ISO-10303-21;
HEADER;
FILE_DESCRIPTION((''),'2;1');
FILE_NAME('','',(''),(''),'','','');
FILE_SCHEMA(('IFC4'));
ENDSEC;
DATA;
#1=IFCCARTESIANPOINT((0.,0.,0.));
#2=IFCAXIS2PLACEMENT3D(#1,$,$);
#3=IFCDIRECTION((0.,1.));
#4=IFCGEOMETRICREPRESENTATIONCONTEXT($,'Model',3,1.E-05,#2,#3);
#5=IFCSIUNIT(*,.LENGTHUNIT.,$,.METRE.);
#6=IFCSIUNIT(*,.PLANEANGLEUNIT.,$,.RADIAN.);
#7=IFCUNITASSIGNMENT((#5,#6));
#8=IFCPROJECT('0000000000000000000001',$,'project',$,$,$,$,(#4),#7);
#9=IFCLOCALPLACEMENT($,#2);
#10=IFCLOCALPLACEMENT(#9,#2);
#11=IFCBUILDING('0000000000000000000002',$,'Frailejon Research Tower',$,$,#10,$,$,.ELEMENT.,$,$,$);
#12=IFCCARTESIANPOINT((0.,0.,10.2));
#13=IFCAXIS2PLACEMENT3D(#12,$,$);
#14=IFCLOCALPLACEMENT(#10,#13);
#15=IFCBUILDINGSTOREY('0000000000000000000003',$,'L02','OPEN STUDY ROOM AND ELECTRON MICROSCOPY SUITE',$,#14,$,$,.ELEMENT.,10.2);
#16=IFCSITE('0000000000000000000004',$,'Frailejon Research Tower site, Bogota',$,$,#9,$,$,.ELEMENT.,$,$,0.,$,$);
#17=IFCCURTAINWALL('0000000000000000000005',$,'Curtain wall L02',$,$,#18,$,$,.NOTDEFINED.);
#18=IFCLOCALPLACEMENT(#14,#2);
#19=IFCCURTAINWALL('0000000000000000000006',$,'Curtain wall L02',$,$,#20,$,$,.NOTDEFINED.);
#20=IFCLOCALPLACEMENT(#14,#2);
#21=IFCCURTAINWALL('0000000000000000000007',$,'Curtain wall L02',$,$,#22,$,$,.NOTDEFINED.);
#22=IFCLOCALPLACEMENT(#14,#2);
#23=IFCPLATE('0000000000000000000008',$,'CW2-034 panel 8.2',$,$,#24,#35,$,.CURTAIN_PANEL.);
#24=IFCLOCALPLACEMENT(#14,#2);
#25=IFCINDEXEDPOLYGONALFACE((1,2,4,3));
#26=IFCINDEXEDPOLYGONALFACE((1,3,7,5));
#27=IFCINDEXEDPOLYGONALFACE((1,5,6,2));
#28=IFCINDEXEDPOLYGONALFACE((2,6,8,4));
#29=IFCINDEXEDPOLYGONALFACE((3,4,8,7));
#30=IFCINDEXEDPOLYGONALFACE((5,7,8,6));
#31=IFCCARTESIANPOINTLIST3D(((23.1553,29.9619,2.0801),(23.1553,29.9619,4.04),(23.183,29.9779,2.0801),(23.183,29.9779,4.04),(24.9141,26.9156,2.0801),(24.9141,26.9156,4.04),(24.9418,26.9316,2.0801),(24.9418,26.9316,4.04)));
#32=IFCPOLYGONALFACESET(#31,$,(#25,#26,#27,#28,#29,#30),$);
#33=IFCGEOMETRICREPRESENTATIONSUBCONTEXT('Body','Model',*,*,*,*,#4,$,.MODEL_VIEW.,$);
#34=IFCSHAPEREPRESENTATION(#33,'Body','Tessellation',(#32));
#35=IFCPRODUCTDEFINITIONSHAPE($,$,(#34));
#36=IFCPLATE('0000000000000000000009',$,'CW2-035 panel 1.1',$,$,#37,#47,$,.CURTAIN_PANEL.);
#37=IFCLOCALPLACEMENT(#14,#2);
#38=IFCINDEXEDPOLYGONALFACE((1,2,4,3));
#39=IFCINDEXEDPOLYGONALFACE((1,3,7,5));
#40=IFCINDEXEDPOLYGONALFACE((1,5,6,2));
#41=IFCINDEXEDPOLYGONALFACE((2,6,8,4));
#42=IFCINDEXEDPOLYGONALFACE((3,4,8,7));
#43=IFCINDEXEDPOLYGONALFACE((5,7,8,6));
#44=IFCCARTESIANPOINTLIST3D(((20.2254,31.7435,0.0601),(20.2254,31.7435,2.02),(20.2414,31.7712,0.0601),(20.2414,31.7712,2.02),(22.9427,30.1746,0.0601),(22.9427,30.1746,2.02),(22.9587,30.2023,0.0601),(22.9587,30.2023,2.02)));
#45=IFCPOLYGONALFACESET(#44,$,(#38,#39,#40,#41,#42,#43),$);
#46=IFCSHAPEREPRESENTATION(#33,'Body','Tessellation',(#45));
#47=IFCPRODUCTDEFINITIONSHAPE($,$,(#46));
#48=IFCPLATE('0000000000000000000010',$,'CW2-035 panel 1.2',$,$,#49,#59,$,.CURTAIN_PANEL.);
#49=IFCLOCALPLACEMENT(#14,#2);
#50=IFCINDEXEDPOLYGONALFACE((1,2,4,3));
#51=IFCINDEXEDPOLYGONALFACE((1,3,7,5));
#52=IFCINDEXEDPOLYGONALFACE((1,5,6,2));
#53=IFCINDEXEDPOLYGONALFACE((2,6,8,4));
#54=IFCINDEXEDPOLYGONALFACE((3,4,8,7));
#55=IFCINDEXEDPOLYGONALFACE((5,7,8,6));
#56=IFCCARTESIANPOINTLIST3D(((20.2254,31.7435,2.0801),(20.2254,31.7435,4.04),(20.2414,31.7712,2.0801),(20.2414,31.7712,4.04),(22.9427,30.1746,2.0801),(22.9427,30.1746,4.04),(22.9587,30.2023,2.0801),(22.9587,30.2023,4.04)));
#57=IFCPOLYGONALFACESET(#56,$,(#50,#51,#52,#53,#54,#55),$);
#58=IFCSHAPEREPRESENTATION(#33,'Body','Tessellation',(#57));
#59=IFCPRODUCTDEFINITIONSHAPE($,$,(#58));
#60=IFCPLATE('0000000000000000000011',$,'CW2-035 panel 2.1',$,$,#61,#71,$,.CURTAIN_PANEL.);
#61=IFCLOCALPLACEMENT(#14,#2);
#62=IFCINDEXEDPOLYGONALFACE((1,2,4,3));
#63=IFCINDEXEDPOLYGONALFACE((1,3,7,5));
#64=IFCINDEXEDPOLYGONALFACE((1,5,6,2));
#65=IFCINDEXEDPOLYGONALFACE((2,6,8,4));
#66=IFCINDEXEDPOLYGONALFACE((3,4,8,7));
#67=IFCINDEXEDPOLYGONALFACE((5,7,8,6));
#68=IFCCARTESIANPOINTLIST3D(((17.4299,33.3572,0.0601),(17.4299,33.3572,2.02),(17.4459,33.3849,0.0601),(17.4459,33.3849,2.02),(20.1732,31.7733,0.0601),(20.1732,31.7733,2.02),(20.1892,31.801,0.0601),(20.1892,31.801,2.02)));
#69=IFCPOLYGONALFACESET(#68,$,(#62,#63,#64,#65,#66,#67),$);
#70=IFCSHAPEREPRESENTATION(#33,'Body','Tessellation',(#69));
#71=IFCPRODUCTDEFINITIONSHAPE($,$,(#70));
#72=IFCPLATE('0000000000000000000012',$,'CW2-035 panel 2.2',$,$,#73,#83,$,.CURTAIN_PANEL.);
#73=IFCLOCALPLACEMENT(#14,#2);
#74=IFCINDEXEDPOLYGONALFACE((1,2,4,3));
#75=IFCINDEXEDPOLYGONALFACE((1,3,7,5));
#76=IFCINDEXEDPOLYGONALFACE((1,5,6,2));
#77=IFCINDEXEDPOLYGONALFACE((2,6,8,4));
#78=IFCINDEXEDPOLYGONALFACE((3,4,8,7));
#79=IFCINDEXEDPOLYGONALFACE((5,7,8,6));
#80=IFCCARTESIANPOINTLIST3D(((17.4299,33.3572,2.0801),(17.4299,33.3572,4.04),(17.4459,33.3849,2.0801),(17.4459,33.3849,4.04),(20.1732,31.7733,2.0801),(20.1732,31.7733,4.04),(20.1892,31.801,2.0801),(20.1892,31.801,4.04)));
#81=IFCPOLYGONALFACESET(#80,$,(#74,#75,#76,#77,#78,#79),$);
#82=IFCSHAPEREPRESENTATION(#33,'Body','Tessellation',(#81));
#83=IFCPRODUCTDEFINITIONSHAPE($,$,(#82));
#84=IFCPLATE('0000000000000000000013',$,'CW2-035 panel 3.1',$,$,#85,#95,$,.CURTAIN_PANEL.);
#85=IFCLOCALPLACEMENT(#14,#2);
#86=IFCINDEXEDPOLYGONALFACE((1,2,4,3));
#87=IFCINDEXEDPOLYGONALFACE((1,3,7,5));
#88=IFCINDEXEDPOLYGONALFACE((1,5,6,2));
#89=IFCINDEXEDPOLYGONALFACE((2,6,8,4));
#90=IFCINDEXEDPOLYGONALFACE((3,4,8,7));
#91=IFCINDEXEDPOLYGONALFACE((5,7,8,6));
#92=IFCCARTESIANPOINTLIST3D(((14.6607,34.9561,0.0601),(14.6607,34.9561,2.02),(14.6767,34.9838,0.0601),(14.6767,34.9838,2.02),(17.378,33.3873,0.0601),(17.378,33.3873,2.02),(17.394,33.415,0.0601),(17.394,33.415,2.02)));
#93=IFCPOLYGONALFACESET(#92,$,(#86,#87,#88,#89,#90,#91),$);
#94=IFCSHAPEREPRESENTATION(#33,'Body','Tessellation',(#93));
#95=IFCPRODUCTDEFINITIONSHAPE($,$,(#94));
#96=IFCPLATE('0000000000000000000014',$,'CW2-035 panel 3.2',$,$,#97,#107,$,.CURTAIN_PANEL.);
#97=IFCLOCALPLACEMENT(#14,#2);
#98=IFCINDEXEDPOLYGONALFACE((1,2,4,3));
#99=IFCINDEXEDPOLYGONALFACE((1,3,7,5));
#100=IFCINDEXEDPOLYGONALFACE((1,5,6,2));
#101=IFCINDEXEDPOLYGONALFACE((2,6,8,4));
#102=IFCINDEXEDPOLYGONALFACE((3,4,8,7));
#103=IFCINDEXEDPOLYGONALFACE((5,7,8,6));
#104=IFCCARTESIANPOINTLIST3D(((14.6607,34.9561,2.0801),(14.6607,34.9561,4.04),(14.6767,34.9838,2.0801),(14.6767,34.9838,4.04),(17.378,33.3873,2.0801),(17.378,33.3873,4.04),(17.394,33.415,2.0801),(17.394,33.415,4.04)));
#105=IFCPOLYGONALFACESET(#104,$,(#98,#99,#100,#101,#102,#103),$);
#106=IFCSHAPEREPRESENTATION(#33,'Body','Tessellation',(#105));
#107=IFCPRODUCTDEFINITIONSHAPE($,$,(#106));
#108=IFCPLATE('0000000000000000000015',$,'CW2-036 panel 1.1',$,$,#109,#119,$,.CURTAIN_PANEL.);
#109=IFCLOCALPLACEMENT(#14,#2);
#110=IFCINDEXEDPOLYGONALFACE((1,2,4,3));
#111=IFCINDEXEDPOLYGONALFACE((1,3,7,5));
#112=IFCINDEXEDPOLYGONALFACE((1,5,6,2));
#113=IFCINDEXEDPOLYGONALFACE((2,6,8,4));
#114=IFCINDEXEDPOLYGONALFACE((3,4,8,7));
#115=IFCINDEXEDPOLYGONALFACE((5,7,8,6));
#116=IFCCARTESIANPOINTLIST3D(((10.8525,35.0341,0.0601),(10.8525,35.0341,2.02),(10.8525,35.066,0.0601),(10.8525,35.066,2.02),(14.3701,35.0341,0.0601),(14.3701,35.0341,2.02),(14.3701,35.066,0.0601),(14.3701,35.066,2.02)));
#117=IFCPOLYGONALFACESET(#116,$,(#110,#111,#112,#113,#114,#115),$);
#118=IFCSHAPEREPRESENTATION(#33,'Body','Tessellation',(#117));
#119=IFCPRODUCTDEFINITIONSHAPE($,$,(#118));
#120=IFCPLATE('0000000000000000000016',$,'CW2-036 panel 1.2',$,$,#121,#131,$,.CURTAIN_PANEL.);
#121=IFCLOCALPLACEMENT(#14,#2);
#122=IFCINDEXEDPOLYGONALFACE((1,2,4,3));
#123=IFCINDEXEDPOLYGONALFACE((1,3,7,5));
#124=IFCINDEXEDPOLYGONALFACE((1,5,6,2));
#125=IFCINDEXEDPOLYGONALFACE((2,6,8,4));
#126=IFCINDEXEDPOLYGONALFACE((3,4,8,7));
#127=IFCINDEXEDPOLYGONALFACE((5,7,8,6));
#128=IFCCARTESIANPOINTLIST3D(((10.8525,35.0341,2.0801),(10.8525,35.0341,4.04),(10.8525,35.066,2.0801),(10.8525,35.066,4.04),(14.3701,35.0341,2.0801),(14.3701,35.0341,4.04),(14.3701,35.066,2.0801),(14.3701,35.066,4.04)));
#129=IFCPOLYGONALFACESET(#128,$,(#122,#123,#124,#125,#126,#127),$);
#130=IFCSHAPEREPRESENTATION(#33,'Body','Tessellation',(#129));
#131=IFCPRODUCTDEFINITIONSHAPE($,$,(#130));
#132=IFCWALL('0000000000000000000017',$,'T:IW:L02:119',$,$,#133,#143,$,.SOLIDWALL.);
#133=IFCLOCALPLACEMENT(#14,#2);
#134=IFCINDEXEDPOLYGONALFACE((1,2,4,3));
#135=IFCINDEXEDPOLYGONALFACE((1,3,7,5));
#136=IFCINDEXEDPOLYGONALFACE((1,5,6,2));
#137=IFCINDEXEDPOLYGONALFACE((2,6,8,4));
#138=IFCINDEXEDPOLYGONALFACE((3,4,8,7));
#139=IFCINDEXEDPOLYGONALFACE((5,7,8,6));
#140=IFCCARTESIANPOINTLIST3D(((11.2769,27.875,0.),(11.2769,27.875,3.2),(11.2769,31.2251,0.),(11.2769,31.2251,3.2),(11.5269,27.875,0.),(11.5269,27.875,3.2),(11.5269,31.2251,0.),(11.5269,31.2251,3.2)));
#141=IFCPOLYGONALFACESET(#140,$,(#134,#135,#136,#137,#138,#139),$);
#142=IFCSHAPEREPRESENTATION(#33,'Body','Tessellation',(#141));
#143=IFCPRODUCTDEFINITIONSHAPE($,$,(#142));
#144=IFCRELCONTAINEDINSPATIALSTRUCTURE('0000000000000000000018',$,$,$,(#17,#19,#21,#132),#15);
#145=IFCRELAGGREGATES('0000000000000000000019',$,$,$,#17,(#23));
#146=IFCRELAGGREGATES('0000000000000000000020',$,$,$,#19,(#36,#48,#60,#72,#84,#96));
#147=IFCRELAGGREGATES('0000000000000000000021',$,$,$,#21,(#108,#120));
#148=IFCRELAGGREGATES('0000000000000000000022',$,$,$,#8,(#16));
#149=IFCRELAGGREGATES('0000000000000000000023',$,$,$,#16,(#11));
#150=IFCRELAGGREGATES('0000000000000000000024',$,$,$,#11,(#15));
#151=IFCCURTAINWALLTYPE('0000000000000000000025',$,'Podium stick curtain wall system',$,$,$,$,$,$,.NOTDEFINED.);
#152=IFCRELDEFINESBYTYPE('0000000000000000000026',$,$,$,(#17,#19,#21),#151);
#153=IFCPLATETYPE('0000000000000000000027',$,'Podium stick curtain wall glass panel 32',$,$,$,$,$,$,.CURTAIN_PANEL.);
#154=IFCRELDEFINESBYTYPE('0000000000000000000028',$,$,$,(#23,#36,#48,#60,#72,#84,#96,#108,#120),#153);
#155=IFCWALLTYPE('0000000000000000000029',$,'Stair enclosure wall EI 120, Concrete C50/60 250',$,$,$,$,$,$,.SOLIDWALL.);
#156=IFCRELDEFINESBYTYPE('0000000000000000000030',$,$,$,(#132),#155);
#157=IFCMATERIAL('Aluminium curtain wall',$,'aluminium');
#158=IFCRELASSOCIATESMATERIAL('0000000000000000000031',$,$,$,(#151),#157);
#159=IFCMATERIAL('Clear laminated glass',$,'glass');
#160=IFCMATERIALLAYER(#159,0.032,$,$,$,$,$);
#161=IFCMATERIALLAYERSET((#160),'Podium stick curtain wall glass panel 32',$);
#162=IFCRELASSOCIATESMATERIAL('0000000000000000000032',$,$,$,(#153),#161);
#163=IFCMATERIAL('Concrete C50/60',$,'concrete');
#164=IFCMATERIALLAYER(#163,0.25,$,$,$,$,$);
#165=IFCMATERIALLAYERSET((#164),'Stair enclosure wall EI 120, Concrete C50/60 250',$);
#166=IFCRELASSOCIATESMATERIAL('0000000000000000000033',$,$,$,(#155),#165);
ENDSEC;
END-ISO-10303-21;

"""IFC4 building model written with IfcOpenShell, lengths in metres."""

from ifc_helpers import new_model, si_unit, direction, frame, frame_2d, origin, origin_2d, place, context, subcontext, project, spatial, rectangle, extrude, material, layer, layer_set, type_object, element, aggregate, save


model = new_model("IFC4")

# Units and contexts
model_context = context("Model", 3, precision=1e-05, world=origin(), true_north=direction((0.0, 1.0)))
body_context = subcontext(model_context, "Body", "Model", "MODEL_VIEW")
ifc_project = project(units=[si_unit("LENGTHUNIT", "METRE"), si_unit("PLANEANGLEUNIT", "RADIAN")], contexts=[model_context])

# Site, building, storey
site_placement = place(None, origin())
site = spatial("IfcSite", under=ifc_project, at=site_placement, Name="Frailejon Research Tower site, Bogota", CompositionType="ELEMENT", RefElevation=0.0)
building_placement = place(site_placement, origin())
building = spatial("IfcBuilding", under=site, at=building_placement, Name="Frailejon Research Tower", CompositionType="ELEMENT")
storey_placement = place(building_placement, frame((0.0, 0.0, 10.2)))
storey = spatial("IfcBuildingStorey", under=building, at=storey_placement, Name="L02", Description="OPEN STUDY ROOM AND ELECTRON MICROSCOPY SUITE", CompositionType="ELEMENT", Elevation=10.2)

# Curtain walls
ifc_material_1 = material(Name="Aluminium curtain wall", Category="aluminium")
curtain_wall_type = type_object("IfcCurtainWallType", Name="Podium stick curtain wall system", PredefinedType="NOTDEFINED", material=ifc_material_1)
curtain_wall_1_placement = place(storey_placement, origin())
curtain_wall_1 = element("IfcCurtainWall", 1, at=curtain_wall_1_placement, inside=storey, type_object=curtain_wall_type, Name="Curtain wall L02", PredefinedType="NOTDEFINED")
curtain_wall_2_placement = place(storey_placement, origin())
curtain_wall_2 = element("IfcCurtainWall", 2, at=curtain_wall_2_placement, inside=storey, type_object=curtain_wall_type, Name="Curtain wall L02", PredefinedType="NOTDEFINED")

# Curtain wall
curtain_wall_3_placement = place(storey_placement, origin())
curtain_wall_3 = element("IfcCurtainWall", 3, at=curtain_wall_3_placement, inside=storey, type_object=curtain_wall_type, Name="Curtain wall L02", PredefinedType="NOTDEFINED")

# Plates
ifc_material_2 = material(Name="Clear laminated glass", Category="glass")
ifc_layer_1 = layer(ifc_material_2, 0.032)
ifc_layer_set_1 = layer_set([ifc_layer_1], Name="Podium stick curtain wall glass panel 32")
plate_type = type_object("IfcPlateType", Name="Podium stick curtain wall glass panel 32", PredefinedType="CURTAIN_PANEL", material=ifc_layer_set_1)
plate_1_placement = place(storey_placement, frame((24.0486, 28.4468, 2.0801), z_axis=(0.0, 0.0, 1.0), x_axis=(-0.499998, 0.866026, 0.0)))
plate_1 = element("IfcPlate", 4, at=plate_1_placement, type_object=plate_type, Name="CW2-034 panel 8.2", PredefinedType="CURTAIN_PANEL", context=body_context, shape_type="SweptSolid", body=[
    extrude(rectangle(XDim=3.5176, YDim=0.032, at=origin_2d()), origin(), (0.0, 0.0, 1.0), 1.96),
])
aggregate(curtain_wall_1, [plate_1])
plate_2_placement = place(storey_placement, frame((21.592, 30.9729, 0.0601), z_axis=(0.0, 0.0, 1.0), x_axis=(-0.866025, 0.5, 0.0)))
plate_2 = element("IfcPlate", 5, at=plate_2_placement, type_object=plate_type, Name="CW2-035 panel 1.1", PredefinedType="CURTAIN_PANEL", context=body_context, shape_type="SweptSolid", body=[
    extrude(rectangle(XDim=3.1377, YDim=0.032, at=origin_2d()), origin(), (0.0, 0.0, 1.0), 1.96),
])
plate_3_placement = place(storey_placement, frame((21.592, 30.9729, 2.0801), z_axis=(0.0, 0.0, 1.0), x_axis=(-0.866025, 0.5, 0.0)))
plate_3 = element("IfcPlate", 6, at=plate_3_placement, type_object=plate_type, Name="CW2-035 panel 1.2", PredefinedType="CURTAIN_PANEL", context=body_context, shape_type="SweptSolid", body=[
    extrude(rectangle(XDim=3.1377, YDim=0.032, at=origin_2d()), origin(), (0.0, 0.0, 1.0), 1.96),
])
plate_4_placement = place(storey_placement, frame((18.8096, 32.5791, 0.0601), z_axis=(0.0, 0.0, 1.0), x_axis=(-0.866025, 0.5, 0.0)))
plate_4 = element("IfcPlate", 7, at=plate_4_placement, type_object=plate_type, Name="CW2-035 panel 2.1", PredefinedType="CURTAIN_PANEL", context=body_context, shape_type="SweptSolid", body=[
    extrude(rectangle(XDim=3.1677, YDim=0.032, at=origin_2d()), origin(), (0.0, 0.0, 1.0), 1.96),
])
plate_5_placement = place(storey_placement, frame((18.8096, 32.5791, 2.0801), z_axis=(0.0, 0.0, 1.0), x_axis=(-0.866025, 0.5, 0.0)))
plate_5 = element("IfcPlate", 8, at=plate_5_placement, type_object=plate_type, Name="CW2-035 panel 2.2", PredefinedType="CURTAIN_PANEL", context=body_context, shape_type="SweptSolid", body=[
    extrude(rectangle(XDim=3.1677, YDim=0.032, at=origin_2d()), origin(), (0.0, 0.0, 1.0), 1.96),
])
plate_6_placement = place(storey_placement, frame((16.0273, 34.1855, 0.0601), z_axis=(0.0, 0.0, 1.0), x_axis=(-0.866025, 0.5, 0.0)))
plate_6 = element("IfcPlate", 9, at=plate_6_placement, type_object=plate_type, Name="CW2-035 panel 3.1", PredefinedType="CURTAIN_PANEL", context=body_context, shape_type="SweptSolid", body=[
    extrude(rectangle(XDim=3.1377, YDim=0.032, at=origin_2d()), origin(), (0.0, 0.0, 1.0), 1.96),
])
plate_7_placement = place(storey_placement, frame((16.0273, 34.1855, 2.0801), z_axis=(0.0, 0.0, 1.0), x_axis=(-0.866025, 0.5, 0.0)))
plate_7 = element("IfcPlate", 10, at=plate_7_placement, type_object=plate_type, Name="CW2-035 panel 3.2", PredefinedType="CURTAIN_PANEL", context=body_context, shape_type="SweptSolid", body=[
    extrude(rectangle(XDim=3.1377, YDim=0.032, at=origin_2d()), origin(), (0.0, 0.0, 1.0), 1.96),
])
aggregate(curtain_wall_2, [plate_2, plate_3, plate_4, plate_5, plate_6, plate_7])
plate_8_placement = place(storey_placement, frame((12.6113, 35.05, 0.0601), z_axis=(0.0, 0.0, 1.0), x_axis=(-1.0, 0.0, 0.0)))
plate_8 = element("IfcPlate", 11, at=plate_8_placement, type_object=plate_type, Name="CW2-036 panel 1.1", PredefinedType="CURTAIN_PANEL", context=body_context, shape_type="SweptSolid", body=[
    extrude(rectangle(XDim=3.5176, YDim=0.032, at=origin_2d()), origin(), (0.0, 0.0, 1.0), 1.96),
])
plate_9_placement = place(storey_placement, frame((12.6113, 35.05, 2.0801), z_axis=(0.0, 0.0, 1.0), x_axis=(-1.0, 0.0, 0.0)))
plate_9 = element("IfcPlate", 12, at=plate_9_placement, type_object=plate_type, Name="CW2-036 panel 1.2", PredefinedType="CURTAIN_PANEL", context=body_context, shape_type="SweptSolid", body=[
    extrude(rectangle(XDim=3.5176, YDim=0.032, at=origin_2d()), origin(), (0.0, 0.0, 1.0), 1.96),
])
aggregate(curtain_wall_3, [plate_8, plate_9])

# Wall
ifc_material_3 = material(Name="Concrete C50/60", Category="concrete")
ifc_layer_2 = layer(ifc_material_3, 0.25)
ifc_layer_set_2 = layer_set([ifc_layer_2], Name="Stair enclosure wall EI 120, Concrete C50/60 250")
wall_type = type_object("IfcWallType", Name="Stair enclosure wall EI 120, Concrete C50/60 250", PredefinedType="SOLIDWALL", material=ifc_layer_set_2)
wall_placement = place(storey_placement, frame((11.4019, 27.875, 0.0), z_axis=(0.0, 0.0, 1.0), x_axis=(0.0, 1.0, 0.0)))
element("IfcWall", 13, at=wall_placement, inside=storey, type_object=wall_type, Name="T:IW:L02:119", PredefinedType="SOLIDWALL", context=body_context, shape_type="SweptSolid", body=[
    extrude(rectangle(XDim=3.3501, YDim=0.25, at=frame_2d((1.675, 0.0))), origin(), (0.0, 0.0, 1.0), 3.2),
])

save(model, "model.ifc")
